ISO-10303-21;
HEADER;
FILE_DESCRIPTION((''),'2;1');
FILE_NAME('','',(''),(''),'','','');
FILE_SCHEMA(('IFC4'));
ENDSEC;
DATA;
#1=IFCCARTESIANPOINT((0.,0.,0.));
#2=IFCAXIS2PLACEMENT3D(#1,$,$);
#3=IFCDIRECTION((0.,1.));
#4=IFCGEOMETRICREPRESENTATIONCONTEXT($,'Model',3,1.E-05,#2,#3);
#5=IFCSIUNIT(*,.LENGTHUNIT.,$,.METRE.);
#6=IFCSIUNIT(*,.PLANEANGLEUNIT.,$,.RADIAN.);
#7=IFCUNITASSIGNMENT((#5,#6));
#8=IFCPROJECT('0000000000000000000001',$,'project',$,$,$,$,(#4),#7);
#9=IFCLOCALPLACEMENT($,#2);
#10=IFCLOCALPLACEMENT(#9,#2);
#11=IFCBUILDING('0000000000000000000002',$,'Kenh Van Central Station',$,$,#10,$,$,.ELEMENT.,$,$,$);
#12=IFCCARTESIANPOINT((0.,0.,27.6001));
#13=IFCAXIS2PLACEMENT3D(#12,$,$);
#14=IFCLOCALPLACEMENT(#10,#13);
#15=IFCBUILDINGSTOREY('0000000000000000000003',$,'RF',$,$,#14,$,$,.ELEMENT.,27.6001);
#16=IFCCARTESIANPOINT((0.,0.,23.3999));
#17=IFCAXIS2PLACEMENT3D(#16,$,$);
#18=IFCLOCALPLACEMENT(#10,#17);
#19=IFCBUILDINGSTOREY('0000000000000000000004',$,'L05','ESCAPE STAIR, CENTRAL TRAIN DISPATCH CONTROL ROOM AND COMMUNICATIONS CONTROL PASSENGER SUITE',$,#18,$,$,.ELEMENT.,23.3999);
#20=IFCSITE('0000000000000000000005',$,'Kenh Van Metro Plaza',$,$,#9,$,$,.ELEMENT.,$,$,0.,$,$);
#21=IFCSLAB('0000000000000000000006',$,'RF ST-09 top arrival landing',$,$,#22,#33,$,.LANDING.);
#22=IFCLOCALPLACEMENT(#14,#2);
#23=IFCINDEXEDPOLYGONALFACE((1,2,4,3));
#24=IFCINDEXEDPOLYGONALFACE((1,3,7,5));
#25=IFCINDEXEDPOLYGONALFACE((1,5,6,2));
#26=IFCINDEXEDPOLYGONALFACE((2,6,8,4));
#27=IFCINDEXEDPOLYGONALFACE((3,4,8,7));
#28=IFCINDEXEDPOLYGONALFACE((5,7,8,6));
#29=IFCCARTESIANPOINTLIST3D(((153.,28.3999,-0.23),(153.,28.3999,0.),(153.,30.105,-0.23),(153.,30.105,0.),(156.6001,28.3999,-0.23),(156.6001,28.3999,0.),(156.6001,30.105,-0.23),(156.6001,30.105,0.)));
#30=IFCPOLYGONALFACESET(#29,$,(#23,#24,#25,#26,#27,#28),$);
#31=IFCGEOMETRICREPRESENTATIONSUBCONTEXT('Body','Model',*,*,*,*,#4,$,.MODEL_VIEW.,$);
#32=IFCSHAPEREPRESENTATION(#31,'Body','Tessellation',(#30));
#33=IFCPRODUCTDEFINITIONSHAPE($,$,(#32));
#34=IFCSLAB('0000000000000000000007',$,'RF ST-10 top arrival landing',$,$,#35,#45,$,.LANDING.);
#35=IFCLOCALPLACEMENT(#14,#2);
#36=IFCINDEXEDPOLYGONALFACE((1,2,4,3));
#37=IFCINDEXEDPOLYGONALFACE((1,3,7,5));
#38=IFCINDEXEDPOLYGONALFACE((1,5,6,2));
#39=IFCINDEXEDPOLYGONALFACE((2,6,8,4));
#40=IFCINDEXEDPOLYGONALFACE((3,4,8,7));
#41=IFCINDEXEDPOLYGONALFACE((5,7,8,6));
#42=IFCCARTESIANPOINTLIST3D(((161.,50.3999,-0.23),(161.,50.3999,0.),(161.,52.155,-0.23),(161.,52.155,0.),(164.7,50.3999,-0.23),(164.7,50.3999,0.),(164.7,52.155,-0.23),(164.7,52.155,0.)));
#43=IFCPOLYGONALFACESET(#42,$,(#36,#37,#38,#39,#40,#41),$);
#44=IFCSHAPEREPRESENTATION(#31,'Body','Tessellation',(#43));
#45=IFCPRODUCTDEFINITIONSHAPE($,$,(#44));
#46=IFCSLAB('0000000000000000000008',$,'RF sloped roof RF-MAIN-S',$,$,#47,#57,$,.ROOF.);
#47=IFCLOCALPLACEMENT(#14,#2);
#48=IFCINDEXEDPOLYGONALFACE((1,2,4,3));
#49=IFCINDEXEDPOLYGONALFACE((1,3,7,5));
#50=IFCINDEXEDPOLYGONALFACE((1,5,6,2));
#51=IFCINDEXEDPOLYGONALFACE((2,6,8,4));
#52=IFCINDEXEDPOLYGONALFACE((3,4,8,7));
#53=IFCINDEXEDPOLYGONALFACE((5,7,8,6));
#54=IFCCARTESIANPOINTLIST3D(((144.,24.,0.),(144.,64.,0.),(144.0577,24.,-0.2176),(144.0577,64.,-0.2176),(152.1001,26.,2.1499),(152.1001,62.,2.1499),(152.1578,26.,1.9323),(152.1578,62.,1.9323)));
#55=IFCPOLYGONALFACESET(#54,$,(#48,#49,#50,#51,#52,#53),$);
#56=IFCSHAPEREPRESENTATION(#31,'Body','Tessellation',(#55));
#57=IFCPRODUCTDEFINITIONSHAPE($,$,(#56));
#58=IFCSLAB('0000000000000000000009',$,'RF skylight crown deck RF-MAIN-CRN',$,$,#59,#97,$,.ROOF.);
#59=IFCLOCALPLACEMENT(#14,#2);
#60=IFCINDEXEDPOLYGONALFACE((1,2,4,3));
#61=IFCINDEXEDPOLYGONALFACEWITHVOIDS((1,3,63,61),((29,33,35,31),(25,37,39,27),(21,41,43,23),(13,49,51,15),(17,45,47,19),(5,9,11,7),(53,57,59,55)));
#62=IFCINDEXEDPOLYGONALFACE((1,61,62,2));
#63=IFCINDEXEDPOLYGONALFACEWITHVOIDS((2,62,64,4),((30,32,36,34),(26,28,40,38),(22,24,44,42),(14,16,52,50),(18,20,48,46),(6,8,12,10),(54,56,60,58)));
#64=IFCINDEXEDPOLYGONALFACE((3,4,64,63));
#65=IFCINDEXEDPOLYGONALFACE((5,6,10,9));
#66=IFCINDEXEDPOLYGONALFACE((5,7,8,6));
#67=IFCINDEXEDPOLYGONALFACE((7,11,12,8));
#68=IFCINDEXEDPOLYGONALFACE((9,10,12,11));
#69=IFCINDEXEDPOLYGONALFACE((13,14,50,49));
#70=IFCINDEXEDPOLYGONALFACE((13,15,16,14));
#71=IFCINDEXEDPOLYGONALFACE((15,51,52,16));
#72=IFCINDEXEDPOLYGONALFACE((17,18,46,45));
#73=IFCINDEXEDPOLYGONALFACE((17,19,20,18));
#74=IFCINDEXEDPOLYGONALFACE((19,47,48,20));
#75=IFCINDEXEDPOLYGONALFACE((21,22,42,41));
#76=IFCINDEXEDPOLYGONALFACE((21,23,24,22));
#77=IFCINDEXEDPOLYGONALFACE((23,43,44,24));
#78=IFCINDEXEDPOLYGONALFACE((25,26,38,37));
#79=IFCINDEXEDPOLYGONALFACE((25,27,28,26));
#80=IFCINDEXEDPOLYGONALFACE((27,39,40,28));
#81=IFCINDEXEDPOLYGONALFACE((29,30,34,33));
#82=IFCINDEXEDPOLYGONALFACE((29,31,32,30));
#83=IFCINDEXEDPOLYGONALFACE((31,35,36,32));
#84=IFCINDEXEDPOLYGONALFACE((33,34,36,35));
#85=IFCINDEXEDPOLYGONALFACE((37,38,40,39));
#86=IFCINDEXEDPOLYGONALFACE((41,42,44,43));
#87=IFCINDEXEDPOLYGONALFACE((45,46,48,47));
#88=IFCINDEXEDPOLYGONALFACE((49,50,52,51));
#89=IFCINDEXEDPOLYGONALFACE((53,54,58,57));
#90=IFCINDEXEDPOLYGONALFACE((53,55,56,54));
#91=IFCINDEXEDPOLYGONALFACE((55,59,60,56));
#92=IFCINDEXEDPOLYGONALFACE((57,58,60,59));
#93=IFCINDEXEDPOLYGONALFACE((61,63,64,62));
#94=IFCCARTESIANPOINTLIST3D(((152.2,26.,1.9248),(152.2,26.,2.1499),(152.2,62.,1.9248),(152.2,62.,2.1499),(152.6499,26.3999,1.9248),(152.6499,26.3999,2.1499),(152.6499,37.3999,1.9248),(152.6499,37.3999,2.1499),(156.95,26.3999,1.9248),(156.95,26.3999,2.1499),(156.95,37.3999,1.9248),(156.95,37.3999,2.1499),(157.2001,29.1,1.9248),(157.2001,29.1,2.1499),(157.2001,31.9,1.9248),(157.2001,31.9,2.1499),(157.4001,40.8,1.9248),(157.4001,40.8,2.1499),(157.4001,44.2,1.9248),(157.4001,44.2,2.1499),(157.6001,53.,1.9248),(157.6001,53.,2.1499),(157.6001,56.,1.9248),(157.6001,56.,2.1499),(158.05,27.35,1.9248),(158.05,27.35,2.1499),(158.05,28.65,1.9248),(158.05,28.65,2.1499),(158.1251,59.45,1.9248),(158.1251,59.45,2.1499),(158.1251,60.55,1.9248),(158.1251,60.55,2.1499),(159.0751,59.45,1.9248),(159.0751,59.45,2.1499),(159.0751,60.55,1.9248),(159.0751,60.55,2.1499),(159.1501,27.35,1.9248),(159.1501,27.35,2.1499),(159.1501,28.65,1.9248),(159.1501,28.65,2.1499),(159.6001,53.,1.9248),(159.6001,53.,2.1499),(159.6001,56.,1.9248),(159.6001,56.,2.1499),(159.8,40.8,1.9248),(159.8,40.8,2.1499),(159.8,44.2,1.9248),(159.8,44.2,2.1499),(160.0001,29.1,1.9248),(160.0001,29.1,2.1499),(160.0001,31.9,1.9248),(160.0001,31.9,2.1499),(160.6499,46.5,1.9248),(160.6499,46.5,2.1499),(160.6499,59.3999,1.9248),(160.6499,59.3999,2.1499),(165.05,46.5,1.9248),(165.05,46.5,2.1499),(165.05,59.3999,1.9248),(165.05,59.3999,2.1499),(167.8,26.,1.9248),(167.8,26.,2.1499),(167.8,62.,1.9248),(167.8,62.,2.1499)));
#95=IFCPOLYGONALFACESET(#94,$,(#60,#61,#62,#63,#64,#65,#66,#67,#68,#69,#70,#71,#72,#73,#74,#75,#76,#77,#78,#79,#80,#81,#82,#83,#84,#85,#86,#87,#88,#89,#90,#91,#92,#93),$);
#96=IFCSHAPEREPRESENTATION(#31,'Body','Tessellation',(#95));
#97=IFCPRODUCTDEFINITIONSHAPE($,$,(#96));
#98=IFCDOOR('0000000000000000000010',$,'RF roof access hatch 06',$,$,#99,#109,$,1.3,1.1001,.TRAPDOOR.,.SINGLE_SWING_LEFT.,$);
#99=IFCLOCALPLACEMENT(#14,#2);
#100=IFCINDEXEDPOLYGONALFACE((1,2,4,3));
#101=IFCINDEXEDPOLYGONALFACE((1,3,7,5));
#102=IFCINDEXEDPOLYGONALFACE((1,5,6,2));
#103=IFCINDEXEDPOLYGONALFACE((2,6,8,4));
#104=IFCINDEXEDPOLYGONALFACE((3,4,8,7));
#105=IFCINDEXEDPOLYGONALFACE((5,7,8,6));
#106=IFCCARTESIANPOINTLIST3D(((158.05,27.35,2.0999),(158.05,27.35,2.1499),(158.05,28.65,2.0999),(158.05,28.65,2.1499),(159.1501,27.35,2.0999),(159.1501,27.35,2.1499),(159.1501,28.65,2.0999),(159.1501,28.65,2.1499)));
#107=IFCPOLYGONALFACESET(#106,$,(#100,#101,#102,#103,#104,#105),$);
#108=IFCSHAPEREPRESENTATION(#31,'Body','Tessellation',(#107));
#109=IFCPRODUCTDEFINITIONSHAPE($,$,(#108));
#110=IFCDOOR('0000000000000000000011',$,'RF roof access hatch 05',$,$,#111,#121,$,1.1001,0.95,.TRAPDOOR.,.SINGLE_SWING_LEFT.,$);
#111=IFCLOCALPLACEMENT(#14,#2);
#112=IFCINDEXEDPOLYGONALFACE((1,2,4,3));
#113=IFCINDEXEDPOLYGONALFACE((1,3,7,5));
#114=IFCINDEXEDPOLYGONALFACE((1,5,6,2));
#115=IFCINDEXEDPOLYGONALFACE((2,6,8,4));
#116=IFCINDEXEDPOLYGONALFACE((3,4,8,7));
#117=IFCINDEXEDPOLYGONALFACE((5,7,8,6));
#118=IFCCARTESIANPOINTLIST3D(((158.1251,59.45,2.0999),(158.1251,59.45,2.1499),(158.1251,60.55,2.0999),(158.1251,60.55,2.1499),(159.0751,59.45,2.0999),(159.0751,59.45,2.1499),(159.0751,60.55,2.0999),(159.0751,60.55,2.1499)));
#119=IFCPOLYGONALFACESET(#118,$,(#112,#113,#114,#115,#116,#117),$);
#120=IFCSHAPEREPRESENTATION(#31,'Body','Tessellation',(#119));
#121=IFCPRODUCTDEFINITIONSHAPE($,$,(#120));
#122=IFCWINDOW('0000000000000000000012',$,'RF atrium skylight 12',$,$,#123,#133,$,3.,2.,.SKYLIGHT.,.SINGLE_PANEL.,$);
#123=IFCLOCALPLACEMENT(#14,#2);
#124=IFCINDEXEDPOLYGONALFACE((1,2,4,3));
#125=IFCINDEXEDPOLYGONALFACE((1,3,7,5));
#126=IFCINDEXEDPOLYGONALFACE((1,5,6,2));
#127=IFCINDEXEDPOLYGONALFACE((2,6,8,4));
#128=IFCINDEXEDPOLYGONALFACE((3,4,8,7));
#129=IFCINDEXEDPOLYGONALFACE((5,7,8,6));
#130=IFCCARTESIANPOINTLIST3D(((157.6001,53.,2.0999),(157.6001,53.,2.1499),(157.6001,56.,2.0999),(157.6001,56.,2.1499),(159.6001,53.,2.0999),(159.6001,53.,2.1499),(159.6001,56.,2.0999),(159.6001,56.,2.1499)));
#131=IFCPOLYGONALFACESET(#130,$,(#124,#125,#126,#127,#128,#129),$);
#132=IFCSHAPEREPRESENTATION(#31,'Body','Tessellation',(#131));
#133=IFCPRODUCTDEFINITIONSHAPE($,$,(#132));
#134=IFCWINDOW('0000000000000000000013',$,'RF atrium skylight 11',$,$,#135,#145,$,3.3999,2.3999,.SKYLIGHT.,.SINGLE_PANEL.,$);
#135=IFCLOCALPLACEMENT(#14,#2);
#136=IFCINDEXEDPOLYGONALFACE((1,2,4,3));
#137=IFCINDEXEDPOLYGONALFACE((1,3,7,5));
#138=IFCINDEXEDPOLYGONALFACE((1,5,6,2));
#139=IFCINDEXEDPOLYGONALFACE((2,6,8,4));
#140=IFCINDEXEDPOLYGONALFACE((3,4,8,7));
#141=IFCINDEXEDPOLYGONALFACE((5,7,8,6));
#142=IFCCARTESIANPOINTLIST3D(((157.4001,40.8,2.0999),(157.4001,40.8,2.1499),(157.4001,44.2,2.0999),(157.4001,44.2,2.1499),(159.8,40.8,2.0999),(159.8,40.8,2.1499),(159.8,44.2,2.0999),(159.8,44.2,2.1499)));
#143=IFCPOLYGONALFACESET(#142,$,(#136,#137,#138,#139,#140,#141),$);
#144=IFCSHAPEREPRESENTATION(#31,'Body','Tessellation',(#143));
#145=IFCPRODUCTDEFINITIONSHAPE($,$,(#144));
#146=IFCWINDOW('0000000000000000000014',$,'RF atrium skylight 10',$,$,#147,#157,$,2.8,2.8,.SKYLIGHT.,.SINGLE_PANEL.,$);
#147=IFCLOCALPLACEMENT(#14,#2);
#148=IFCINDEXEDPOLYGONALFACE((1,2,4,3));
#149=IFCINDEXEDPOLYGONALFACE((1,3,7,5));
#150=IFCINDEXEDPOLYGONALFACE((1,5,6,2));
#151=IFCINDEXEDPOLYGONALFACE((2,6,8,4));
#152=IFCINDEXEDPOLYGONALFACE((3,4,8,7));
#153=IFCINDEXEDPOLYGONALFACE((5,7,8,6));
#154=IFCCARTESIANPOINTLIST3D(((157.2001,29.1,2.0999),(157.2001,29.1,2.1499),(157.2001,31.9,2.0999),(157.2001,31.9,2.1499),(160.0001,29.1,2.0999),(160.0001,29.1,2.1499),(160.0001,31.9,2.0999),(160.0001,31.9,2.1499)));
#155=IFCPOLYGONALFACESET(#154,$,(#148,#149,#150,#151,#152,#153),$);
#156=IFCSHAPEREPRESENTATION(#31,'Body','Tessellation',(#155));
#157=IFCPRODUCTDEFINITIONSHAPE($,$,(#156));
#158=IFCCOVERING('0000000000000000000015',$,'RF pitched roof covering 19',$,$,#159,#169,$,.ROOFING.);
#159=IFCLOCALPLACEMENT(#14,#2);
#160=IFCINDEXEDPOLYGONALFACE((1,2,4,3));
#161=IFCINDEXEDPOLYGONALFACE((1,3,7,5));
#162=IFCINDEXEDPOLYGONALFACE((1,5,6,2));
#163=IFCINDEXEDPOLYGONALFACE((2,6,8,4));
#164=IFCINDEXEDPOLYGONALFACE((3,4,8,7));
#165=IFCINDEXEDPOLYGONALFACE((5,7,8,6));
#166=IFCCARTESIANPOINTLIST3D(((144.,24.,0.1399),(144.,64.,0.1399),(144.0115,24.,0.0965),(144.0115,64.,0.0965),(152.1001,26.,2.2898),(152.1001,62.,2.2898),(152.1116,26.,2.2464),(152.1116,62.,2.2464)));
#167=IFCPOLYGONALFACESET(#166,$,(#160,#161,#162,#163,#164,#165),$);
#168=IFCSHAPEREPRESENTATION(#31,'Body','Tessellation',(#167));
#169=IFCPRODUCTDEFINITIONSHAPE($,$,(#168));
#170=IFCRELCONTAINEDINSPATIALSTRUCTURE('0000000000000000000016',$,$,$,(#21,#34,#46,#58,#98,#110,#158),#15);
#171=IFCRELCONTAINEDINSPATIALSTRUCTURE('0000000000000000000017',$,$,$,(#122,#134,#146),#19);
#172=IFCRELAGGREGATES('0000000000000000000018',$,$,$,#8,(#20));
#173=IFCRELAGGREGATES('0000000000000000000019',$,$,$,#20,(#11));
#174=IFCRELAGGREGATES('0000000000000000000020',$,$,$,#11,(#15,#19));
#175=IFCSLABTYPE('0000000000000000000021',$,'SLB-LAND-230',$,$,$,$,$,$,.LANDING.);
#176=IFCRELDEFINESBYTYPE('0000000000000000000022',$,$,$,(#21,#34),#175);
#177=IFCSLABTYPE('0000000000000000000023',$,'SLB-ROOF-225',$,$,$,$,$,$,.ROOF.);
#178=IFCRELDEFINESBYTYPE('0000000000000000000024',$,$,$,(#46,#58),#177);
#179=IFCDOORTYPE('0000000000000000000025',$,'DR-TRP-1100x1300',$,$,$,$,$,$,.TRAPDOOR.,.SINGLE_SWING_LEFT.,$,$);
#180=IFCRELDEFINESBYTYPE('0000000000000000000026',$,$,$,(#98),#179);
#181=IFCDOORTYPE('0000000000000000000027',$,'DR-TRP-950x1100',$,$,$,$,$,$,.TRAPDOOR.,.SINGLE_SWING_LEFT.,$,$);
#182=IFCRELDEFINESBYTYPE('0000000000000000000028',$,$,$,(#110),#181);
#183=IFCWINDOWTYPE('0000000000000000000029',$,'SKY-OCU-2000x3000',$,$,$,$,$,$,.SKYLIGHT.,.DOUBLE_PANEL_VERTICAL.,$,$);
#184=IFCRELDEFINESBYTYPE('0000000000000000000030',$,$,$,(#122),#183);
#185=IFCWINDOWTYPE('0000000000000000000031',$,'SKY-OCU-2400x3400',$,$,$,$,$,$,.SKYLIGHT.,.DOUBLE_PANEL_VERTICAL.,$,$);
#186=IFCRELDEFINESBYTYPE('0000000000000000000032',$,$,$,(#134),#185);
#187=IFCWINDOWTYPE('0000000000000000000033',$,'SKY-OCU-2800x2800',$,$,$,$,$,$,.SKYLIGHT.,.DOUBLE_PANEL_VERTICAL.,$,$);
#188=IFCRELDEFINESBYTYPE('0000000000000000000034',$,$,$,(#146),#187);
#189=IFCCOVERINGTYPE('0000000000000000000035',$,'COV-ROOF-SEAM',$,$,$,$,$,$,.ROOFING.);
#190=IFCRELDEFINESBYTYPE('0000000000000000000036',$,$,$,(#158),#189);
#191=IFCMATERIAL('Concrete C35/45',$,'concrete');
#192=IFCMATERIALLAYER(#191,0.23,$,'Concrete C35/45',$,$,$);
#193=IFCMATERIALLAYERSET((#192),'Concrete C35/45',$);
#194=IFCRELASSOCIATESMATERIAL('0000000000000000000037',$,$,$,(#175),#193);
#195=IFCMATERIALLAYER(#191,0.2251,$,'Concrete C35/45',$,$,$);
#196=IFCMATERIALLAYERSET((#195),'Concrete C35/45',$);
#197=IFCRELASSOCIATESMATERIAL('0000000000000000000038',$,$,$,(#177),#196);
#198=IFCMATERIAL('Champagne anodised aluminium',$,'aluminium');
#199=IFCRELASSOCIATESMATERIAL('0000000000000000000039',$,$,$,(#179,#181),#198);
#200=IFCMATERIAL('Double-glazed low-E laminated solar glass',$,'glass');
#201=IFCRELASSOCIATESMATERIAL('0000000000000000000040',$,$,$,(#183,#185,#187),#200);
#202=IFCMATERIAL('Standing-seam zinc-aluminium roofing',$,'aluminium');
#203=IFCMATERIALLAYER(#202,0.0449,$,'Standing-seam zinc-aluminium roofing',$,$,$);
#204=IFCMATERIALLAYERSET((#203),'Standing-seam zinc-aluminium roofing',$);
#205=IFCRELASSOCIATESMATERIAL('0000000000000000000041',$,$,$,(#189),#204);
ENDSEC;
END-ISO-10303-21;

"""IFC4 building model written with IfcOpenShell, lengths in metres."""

from ifc_helpers import new_model, si_unit, direction, frame, origin, origin_2d, place, context, subcontext, project, spatial, polyline, rectangle, outline, extrude, material, layer, layer_set, type_object, element, fill, save


model = new_model("IFC4")

# Units and contexts
model_context = context("Model", 3, precision=1e-05, world=origin(), true_north=direction((0.0, 1.0)))
body_context = subcontext(model_context, "Body", "Model", "MODEL_VIEW")
ifc_project = project(units=[si_unit("LENGTHUNIT", "METRE"), si_unit("PLANEANGLEUNIT", "RADIAN")], contexts=[model_context])

# Site, building, storey
site_placement = place(None, origin())
site = spatial("IfcSite", under=ifc_project, at=site_placement, Name="Kenh Van Metro Plaza", CompositionType="ELEMENT", RefElevation=0.0)
building_placement = place(site_placement, origin())
building = spatial("IfcBuilding", under=site, at=building_placement, Name="Kenh Van Central Station", CompositionType="ELEMENT")
storey_1_placement = place(building_placement, frame((0.0, 0.0, 27.6001)))
storey_1 = spatial("IfcBuildingStorey", under=building, at=storey_1_placement, Name="RF", CompositionType="ELEMENT", Elevation=27.6001)

# Slabs
ifc_material_1 = material(Name="Concrete C35/45", Category="concrete")
ifc_layer_1 = layer(ifc_material_1, 0.23, Name="Concrete C35/45")
ifc_layer_set_1 = layer_set([ifc_layer_1], Name="Concrete C35/45")
slab_type_1 = type_object("IfcSlabType", Name="SLB-LAND-230", PredefinedType="LANDING", material=ifc_layer_set_1)
slab_1_placement = place(storey_1_placement, frame((0.0, 0.0, -0.23)))
element("IfcSlab", 1, at=slab_1_placement, inside=storey_1, type_object=slab_type_1, Name="RF ST-09 top arrival landing", PredefinedType="LANDING", context=body_context, shape_type="SweptSolid", body=[
    extrude(outline(polyline([(153.0, 28.3999), (156.6001, 28.3999), (156.6001, 30.105), (153.0, 30.105), (153.0, 28.3999)])), origin(), (0.0, 0.0, 1.0), 0.23),
])
slab_2_placement = place(storey_1_placement, frame((0.0, 0.0, -0.23)))
element("IfcSlab", 2, at=slab_2_placement, inside=storey_1, type_object=slab_type_1, Name="RF ST-10 top arrival landing", PredefinedType="LANDING", context=body_context, shape_type="SweptSolid", body=[
    extrude(outline(polyline([(161.0, 50.3999), (164.7, 50.3999), (164.7, 52.155), (161.0, 52.155), (161.0, 50.3999)])), origin(), (0.0, 0.0, 1.0), 0.23),
])
ifc_layer_2 = layer(ifc_material_1, 0.2251, Name="Concrete C35/45")
ifc_layer_set_2 = layer_set([ifc_layer_2], Name="Concrete C35/45")
slab_type_2 = type_object("IfcSlabType", Name="SLB-ROOF-225", PredefinedType="ROOF", material=ifc_layer_set_2)
slab_3_placement = place(storey_1_placement, frame((144.0, 24.0, 0.0), z_axis=(-0.256535, 0.0, 0.966535), x_axis=(0.940134, 0.232129, 0.249527)))
element("IfcSlab", 3, at=slab_3_placement, inside=storey_1, type_object=slab_type_2, Name="RF sloped roof RF-MAIN-S", PredefinedType="ROOF", context=body_context, shape_type="SweptSolid", body=[
    extrude(outline(polyline([(0.0, 0.0), (8.6159, 0.0), (16.9725, 35.0167), (9.2852, 38.9074), (0.0, 0.0)])), origin(), (0.0, 0.0, -1.0), 0.2251),
])

# Slab, openings, doors
slab_4_placement = place(storey_1_placement, frame((0.0, 0.0, 1.9248)))
slab_4 = element("IfcSlab", 4, at=slab_4_placement, inside=storey_1, type_object=slab_type_2, Name="RF skylight crown deck RF-MAIN-CRN", PredefinedType="ROOF", context=body_context, shape_type="SweptSolid", body=[
    extrude(outline(polyline([(152.2, 26.0), (167.8, 26.0), (167.8, 62.0), (152.2, 62.0), (152.2, 26.0)]), holes=[polyline([(152.6499, 26.3999), (152.6499, 37.3999), (156.95, 37.3999), (156.95, 26.3999), (152.6499, 26.3999)]), polyline([(160.6499, 46.5), (160.6499, 59.3999), (165.05, 59.3999), (165.05, 46.5), (160.6499, 46.5)])]), origin(), (0.0, 0.0, 1.0), 0.2251),
])
opening_1_placement = place(slab_4_placement, frame((158.6001, 30.5, 0.0)))
opening_1 = element("IfcOpeningElement", 5, at=opening_1_placement, cuts=slab_4, PredefinedType="OPENING", context=body_context, shape_type="SweptSolid", body=[
    extrude(rectangle(XDim=2.8, YDim=2.8, at=origin_2d()), origin(), (0.0, 0.0, 1.0), 0.2251),
])
opening_2_placement = place(slab_4_placement, frame((158.6001, 42.5, 0.0)))
opening_2 = element("IfcOpeningElement", 6, at=opening_2_placement, cuts=slab_4, PredefinedType="OPENING", context=body_context, shape_type="SweptSolid", body=[
    extrude(rectangle(XDim=2.3999, YDim=3.3999, at=origin_2d()), origin(), (0.0, 0.0, 1.0), 0.2251),
])
opening_3_placement = place(slab_4_placement, frame((158.6001, 54.5, 0.0)))
opening_3 = element("IfcOpeningElement", 7, at=opening_3_placement, cuts=slab_4, PredefinedType="OPENING", context=body_context, shape_type="SweptSolid", body=[
    extrude(rectangle(XDim=2.0, YDim=3.0, at=origin_2d()), origin(), (0.0, 0.0, 1.0), 0.2251),
])
opening_4_placement = place(slab_4_placement, frame((158.6001, 60.0, 0.0)))
opening_4 = element("IfcOpeningElement", 8, at=opening_4_placement, cuts=slab_4, PredefinedType="OPENING", context=body_context, shape_type="SweptSolid", body=[
    extrude(rectangle(XDim=0.95, YDim=1.1001, at=origin_2d()), origin(), (0.0, 0.0, 1.0), 0.2251),
])
opening_5_placement = place(slab_4_placement, frame((158.6001, 28.0, 0.0)))
opening_5 = element("IfcOpeningElement", 9, at=opening_5_placement, cuts=slab_4, PredefinedType="OPENING", context=body_context, shape_type="SweptSolid", body=[
    extrude(rectangle(XDim=1.1001, YDim=1.3, at=origin_2d()), origin(), (0.0, 0.0, 1.0), 0.2251),
])
ifc_material_2 = material(Name="Champagne anodised aluminium", Category="aluminium")
door_type_1 = type_object("IfcDoorType", Name="DR-TRP-1100x1300", OperationType="SINGLE_SWING_LEFT", PredefinedType="TRAPDOOR", material=ifc_material_2)
door_1_placement = place(opening_5_placement, frame((0.0, 0.0, 0.175)))
door_1 = element("IfcDoor", 10, at=door_1_placement, inside=storey_1, type_object=door_type_1, Name="RF roof access hatch 06", OperationType="SINGLE_SWING_LEFT", OverallHeight=1.3, OverallWidth=1.1001, PredefinedType="TRAPDOOR", context=body_context, shape_type="SweptSolid", body=[
    extrude(rectangle(XDim=1.1001, YDim=1.3, at=origin_2d()), origin(), (0.0, 0.0, 1.0), 0.05),
])
fill(opening_5, door_1)
door_type_2 = type_object("IfcDoorType", Name="DR-TRP-950x1100", OperationType="SINGLE_SWING_LEFT", PredefinedType="TRAPDOOR", material=ifc_material_2)
door_2_placement = place(opening_4_placement, frame((0.0, 0.0, 0.175)))
door_2 = element("IfcDoor", 11, at=door_2_placement, inside=storey_1, type_object=door_type_2, Name="RF roof access hatch 05", OperationType="SINGLE_SWING_LEFT", OverallHeight=1.1001, OverallWidth=0.95, PredefinedType="TRAPDOOR", context=body_context, shape_type="SweptSolid", body=[
    extrude(rectangle(XDim=0.95, YDim=1.1001, at=origin_2d()), origin(), (0.0, 0.0, 1.0), 0.05),
])
fill(opening_4, door_2)

# Shared definitions
storey_2_placement = place(building_placement, frame((0.0, 0.0, 23.3999)))
storey_2 = spatial("IfcBuildingStorey", under=building, at=storey_2_placement, Name="L05", Description="ESCAPE STAIR, CENTRAL TRAIN DISPATCH CONTROL ROOM AND COMMUNICATIONS CONTROL PASSENGER SUITE", CompositionType="ELEMENT", Elevation=23.3999)

# Windows
ifc_material_3 = material(Name="Double-glazed low-E laminated solar glass", Category="glass")
window_type_1 = type_object("IfcWindowType", Name="SKY-OCU-2000x3000", PartitioningType="DOUBLE_PANEL_VERTICAL", PredefinedType="SKYLIGHT", material=ifc_material_3)
window_1_placement = place(opening_3_placement, frame((0.0, 0.0, 0.175)))
window_1 = element("IfcWindow", 12, at=window_1_placement, inside=storey_2, type_object=window_type_1, Name="RF atrium skylight 12", OverallHeight=3.0, OverallWidth=2.0, PartitioningType="SINGLE_PANEL", PredefinedType="SKYLIGHT", context=body_context, shape_type="SweptSolid", body=[
    extrude(rectangle(XDim=2.0, YDim=3.0, at=origin_2d()), origin(), (0.0, 0.0, 1.0), 0.05),
])
fill(opening_3, window_1)
window_type_2 = type_object("IfcWindowType", Name="SKY-OCU-2400x3400", PartitioningType="DOUBLE_PANEL_VERTICAL", PredefinedType="SKYLIGHT", material=ifc_material_3)
window_2_placement = place(opening_2_placement, frame((0.0, 0.0, 0.175)))
window_2 = element("IfcWindow", 13, at=window_2_placement, inside=storey_2, type_object=window_type_2, Name="RF atrium skylight 11", OverallHeight=3.3999, OverallWidth=2.3999, PartitioningType="SINGLE_PANEL", PredefinedType="SKYLIGHT", context=body_context, shape_type="SweptSolid", body=[
    extrude(rectangle(XDim=2.3999, YDim=3.3999, at=origin_2d()), origin(), (0.0, 0.0, 1.0), 0.05),
])
fill(opening_2, window_2)
window_type_3 = type_object("IfcWindowType", Name="SKY-OCU-2800x2800", PartitioningType="DOUBLE_PANEL_VERTICAL", PredefinedType="SKYLIGHT", material=ifc_material_3)
window_3_placement = place(opening_1_placement, frame((0.0, 0.0, 0.175)))
window_3 = element("IfcWindow", 14, at=window_3_placement, inside=storey_2, type_object=window_type_3, Name="RF atrium skylight 10", OverallHeight=2.8, OverallWidth=2.8, PartitioningType="SINGLE_PANEL", PredefinedType="SKYLIGHT", context=body_context, shape_type="SweptSolid", body=[
    extrude(rectangle(XDim=2.8, YDim=2.8, at=origin_2d()), origin(), (0.0, 0.0, 1.0), 0.05),
])
fill(opening_1, window_3)

# Covering
ifc_material_4 = material(Name="Standing-seam zinc-aluminium roofing", Category="aluminium")
ifc_layer_3 = layer(ifc_material_4, 0.0449, Name="Standing-seam zinc-aluminium roofing")
ifc_layer_set_3 = layer_set([ifc_layer_3], Name="Standing-seam zinc-aluminium roofing")
covering_type = type_object("IfcCoveringType", Name="COV-ROOF-SEAM", PredefinedType="ROOFING", material=ifc_layer_set_3)
covering_placement = place(storey_1_placement, frame((144.0, 24.0, 0.1399), z_axis=(-0.256535, 0.0, 0.966535), x_axis=(0.940134, 0.232129, 0.249527)))
element("IfcCovering", 15, at=covering_placement, inside=storey_1, type_object=covering_type, Name="RF pitched roof covering 19", PredefinedType="ROOFING", context=body_context, shape_type="SweptSolid", body=[
    extrude(outline(polyline([(0.0, 0.0), (8.6159, 0.0), (16.9725, 35.0167), (9.2852, 38.9074), (0.0, 0.0)])), origin(), (0.0, 0.0, -1.0), 0.0449),
])

save(model, "model.ifc")
